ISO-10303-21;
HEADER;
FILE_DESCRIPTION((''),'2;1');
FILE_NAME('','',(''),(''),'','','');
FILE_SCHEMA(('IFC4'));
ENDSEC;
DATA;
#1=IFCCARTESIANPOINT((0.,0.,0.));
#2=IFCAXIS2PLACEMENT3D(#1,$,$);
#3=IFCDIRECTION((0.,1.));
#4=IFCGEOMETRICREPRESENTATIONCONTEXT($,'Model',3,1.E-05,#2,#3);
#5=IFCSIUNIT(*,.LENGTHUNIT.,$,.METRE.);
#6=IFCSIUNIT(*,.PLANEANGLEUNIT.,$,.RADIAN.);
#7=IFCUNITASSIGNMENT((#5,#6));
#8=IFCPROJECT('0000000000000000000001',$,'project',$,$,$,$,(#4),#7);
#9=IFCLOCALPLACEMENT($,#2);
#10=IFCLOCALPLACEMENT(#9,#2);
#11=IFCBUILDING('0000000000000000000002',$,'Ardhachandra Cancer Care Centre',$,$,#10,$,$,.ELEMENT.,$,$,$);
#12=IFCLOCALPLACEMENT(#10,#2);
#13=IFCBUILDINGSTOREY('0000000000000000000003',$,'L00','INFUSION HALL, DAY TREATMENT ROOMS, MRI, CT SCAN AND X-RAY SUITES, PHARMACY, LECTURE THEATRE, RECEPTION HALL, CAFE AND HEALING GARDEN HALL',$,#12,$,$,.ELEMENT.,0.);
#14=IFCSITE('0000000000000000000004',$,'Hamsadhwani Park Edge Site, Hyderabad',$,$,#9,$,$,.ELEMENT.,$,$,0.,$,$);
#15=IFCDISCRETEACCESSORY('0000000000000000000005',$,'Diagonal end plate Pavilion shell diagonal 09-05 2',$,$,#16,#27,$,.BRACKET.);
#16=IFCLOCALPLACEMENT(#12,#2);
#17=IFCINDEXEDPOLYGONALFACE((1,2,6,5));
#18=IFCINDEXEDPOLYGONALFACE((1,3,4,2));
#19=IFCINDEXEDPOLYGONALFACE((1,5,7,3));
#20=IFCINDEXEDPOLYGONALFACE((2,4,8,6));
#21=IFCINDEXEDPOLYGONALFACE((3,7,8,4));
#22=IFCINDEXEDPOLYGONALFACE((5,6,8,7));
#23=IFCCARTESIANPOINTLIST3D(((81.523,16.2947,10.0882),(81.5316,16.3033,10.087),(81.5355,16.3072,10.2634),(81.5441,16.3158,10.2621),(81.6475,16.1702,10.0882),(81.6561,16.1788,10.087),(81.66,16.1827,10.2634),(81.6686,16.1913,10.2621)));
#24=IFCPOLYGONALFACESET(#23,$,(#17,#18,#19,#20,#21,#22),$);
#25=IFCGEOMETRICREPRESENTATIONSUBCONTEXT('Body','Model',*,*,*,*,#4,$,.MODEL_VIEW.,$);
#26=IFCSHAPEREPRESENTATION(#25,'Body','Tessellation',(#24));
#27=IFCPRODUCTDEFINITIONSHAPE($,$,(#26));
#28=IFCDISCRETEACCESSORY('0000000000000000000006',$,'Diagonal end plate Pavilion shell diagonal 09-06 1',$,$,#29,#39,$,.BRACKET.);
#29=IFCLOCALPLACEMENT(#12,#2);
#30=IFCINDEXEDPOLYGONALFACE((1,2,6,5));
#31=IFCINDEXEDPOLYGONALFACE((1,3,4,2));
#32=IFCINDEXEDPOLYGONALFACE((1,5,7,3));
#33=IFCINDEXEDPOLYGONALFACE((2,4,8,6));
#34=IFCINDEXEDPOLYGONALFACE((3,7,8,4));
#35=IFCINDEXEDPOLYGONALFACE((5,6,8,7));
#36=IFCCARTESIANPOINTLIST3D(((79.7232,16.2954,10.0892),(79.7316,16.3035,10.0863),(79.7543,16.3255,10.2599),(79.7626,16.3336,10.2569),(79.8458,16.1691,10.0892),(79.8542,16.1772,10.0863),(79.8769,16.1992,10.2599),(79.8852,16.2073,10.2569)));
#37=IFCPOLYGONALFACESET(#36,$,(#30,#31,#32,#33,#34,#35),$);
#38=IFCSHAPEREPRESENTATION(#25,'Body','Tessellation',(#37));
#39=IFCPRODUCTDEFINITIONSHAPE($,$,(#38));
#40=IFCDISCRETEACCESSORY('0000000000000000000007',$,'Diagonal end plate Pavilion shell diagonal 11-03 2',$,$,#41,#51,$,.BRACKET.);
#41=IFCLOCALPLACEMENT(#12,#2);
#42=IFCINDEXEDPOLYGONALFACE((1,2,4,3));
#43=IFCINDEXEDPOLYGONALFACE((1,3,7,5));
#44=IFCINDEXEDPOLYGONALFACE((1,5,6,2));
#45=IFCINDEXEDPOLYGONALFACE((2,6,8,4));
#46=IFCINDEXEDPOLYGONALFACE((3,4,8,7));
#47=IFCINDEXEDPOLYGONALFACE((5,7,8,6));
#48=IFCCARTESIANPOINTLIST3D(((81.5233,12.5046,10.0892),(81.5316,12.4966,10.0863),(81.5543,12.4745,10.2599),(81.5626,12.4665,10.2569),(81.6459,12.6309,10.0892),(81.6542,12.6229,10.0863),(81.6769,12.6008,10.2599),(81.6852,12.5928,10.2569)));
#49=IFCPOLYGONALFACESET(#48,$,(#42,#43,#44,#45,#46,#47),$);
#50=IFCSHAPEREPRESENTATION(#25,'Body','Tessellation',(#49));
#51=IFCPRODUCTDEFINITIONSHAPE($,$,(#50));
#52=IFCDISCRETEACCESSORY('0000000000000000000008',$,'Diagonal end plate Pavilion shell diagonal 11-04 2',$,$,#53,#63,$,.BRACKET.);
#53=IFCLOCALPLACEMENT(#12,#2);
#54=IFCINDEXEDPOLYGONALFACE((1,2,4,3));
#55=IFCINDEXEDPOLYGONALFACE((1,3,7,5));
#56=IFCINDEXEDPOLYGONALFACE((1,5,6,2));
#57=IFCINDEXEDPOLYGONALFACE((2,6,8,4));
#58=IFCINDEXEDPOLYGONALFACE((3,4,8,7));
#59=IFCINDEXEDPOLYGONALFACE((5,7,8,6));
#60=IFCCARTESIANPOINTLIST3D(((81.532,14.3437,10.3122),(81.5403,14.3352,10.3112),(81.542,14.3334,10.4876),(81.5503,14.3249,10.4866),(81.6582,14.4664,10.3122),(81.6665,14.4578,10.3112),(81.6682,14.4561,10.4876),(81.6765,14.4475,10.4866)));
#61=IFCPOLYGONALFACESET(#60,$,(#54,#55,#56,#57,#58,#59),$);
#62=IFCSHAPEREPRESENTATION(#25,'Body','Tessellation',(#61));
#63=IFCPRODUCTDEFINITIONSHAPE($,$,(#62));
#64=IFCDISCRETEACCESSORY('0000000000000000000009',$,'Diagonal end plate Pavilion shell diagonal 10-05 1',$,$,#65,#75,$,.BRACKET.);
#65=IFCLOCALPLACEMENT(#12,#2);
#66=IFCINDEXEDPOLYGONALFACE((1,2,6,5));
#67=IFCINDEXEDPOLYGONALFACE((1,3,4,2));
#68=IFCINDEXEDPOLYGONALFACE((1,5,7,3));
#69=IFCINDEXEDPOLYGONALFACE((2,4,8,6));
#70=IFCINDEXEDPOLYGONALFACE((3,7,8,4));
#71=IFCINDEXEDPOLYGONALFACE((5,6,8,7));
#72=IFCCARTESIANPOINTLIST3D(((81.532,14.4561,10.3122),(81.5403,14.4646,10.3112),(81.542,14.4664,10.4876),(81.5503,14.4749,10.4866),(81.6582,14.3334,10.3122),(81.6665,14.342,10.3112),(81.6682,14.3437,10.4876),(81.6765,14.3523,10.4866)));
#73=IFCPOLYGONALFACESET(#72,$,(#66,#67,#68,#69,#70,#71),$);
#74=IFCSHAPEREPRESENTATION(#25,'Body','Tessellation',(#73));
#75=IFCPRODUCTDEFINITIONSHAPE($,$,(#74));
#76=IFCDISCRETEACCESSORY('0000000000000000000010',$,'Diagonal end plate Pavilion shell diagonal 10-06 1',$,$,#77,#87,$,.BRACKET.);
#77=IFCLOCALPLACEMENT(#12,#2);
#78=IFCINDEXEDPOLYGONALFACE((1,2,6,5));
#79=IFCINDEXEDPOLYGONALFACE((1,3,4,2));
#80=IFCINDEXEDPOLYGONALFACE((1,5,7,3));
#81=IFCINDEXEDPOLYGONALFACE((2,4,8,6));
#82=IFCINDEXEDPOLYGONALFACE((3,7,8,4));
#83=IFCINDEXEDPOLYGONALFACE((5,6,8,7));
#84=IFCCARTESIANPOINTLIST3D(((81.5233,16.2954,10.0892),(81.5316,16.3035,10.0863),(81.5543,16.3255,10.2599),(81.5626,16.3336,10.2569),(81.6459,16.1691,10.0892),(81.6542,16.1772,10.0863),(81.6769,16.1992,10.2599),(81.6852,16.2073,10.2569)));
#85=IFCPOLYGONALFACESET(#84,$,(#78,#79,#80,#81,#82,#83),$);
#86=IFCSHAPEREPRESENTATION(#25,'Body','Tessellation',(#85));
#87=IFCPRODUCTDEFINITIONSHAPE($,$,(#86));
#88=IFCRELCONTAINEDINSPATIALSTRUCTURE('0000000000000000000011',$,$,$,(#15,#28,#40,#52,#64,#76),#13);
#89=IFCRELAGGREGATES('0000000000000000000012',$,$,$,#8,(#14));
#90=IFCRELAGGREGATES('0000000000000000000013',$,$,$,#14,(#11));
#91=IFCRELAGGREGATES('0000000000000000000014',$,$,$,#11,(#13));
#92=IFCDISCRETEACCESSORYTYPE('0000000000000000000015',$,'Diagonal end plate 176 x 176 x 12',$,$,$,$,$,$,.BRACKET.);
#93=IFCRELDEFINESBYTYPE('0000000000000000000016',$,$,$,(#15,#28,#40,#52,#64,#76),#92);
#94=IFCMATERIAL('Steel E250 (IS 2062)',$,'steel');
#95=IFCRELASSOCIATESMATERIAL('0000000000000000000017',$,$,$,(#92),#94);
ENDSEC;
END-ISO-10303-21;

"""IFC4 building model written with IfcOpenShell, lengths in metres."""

from ifc_helpers import new_model, si_unit, direction, frame, origin, origin_2d, place, context, subcontext, project, spatial, rectangle, extrude, material, material_profile, profile_set, type_object, element, save


model = new_model("IFC4")

# Units and contexts
model_context = context("Model", 3, precision=1e-05, world=origin(), true_north=direction((0.0, 1.0)))
body_context = subcontext(model_context, "Body", "Model", "MODEL_VIEW")
ifc_project = project(units=[si_unit("LENGTHUNIT", "METRE"), si_unit("PLANEANGLEUNIT", "RADIAN")], contexts=[model_context])

# Site, building, storey
site_placement = place(None, origin())
site = spatial("IfcSite", under=ifc_project, at=site_placement, Name="Hamsadhwani Park Edge Site, Hyderabad", CompositionType="ELEMENT", RefElevation=0.0)
building_placement = place(site_placement, origin())
building = spatial("IfcBuilding", under=site, at=building_placement, Name="Ardhachandra Cancer Care Centre", CompositionType="ELEMENT")
storey_placement = place(building_placement, origin())
storey = spatial("IfcBuildingStorey", under=building, at=storey_placement, Name="L00", Description="INFUSION HALL, DAY TREATMENT ROOMS, MRI, CT SCAN AND X-RAY SUITES, PHARMACY, LECTURE THEATRE, RECEPTION HALL, CAFE AND HEALING GARDEN HALL", CompositionType="ELEMENT", Elevation=0.0)

# Discrete accessories
ifc_material_1 = material(Name="Steel E250 (IS 2062)", Category="steel")
ifc_material_profile_1 = material_profile(ifc_material_1, rectangle(XDim=0.176, YDim=0.176, at=origin_2d()), Name="PL 176x176x12")
ifc_profile_set_1 = profile_set([ifc_material_profile_1], Name="Steel E250 (IS 2062)")
discrete_accessory_type = type_object("IfcDiscreteAccessoryType", Name="Diagonal end plate 176 x 176 x 12", PredefinedType="BRACKET", material=ifc_profile_set_1)
discrete_accessory_1_placement = place(storey_placement, frame((81.6001, 16.2473, 10.1746), z_axis=(-0.703526, -0.703526, 0.100504), x_axis=(0.707107, -0.707107, 0.0)))
element("IfcDiscreteAccessory", 1, at=discrete_accessory_1_placement, inside=storey, type_object=discrete_accessory_type, Name="Diagonal end plate Pavilion shell diagonal 09-05 2", PredefinedType="BRACKET", context=body_context, shape_type="SweptSolid", body=[
    extrude(rectangle(XDim=0.176, YDim=0.176, at=origin_2d()), origin(), (0.0, 0.0, 1.0), 0.0122),
])
for number, where, z_axis, x_axis, name in (
    (2, (79.8, 16.2473, 10.1746), (0.695618, 0.675159, -0.245512), (-0.696475, 0.717581, 0.0), "Diagonal end plate Pavilion shell diagonal 09-06 1"),
    (3, (81.6001, 12.5527, 10.1746), (0.695618, -0.675159, -0.245512), (0.696475, 0.717581, 0.0), "Diagonal end plate Pavilion shell diagonal 11-03 2"),
    (4, (81.6001, 14.3999, 10.3999), (0.694456, -0.714881, -0.081701), (0.717279, 0.696786, 0.0), "Diagonal end plate Pavilion shell diagonal 11-04 2"),
    (5, (81.6001, 14.3999, 10.3999), (0.694456, 0.714881, -0.081701), (-0.717279, 0.696786, 0.0), "Diagonal end plate Pavilion shell diagonal 10-05 1"),
    (6, (81.6001, 16.2473, 10.1746), (0.695618, 0.675159, -0.245512), (-0.696475, 0.717581, 0.0), "Diagonal end plate Pavilion shell diagonal 10-06 1"),
):
    element("IfcDiscreteAccessory", number, at=place(storey_placement, frame(where, z_axis=z_axis, x_axis=x_axis)), inside=storey, type_object=discrete_accessory_type, Name=name, PredefinedType="BRACKET", context=body_context, shape_type="SweptSolid", body=[
        extrude(rectangle(XDim=0.176, YDim=0.176, at=origin_2d()), origin(), (0.0, 0.0, 1.0), 0.012),
    ])

save(model, "model.ifc")
